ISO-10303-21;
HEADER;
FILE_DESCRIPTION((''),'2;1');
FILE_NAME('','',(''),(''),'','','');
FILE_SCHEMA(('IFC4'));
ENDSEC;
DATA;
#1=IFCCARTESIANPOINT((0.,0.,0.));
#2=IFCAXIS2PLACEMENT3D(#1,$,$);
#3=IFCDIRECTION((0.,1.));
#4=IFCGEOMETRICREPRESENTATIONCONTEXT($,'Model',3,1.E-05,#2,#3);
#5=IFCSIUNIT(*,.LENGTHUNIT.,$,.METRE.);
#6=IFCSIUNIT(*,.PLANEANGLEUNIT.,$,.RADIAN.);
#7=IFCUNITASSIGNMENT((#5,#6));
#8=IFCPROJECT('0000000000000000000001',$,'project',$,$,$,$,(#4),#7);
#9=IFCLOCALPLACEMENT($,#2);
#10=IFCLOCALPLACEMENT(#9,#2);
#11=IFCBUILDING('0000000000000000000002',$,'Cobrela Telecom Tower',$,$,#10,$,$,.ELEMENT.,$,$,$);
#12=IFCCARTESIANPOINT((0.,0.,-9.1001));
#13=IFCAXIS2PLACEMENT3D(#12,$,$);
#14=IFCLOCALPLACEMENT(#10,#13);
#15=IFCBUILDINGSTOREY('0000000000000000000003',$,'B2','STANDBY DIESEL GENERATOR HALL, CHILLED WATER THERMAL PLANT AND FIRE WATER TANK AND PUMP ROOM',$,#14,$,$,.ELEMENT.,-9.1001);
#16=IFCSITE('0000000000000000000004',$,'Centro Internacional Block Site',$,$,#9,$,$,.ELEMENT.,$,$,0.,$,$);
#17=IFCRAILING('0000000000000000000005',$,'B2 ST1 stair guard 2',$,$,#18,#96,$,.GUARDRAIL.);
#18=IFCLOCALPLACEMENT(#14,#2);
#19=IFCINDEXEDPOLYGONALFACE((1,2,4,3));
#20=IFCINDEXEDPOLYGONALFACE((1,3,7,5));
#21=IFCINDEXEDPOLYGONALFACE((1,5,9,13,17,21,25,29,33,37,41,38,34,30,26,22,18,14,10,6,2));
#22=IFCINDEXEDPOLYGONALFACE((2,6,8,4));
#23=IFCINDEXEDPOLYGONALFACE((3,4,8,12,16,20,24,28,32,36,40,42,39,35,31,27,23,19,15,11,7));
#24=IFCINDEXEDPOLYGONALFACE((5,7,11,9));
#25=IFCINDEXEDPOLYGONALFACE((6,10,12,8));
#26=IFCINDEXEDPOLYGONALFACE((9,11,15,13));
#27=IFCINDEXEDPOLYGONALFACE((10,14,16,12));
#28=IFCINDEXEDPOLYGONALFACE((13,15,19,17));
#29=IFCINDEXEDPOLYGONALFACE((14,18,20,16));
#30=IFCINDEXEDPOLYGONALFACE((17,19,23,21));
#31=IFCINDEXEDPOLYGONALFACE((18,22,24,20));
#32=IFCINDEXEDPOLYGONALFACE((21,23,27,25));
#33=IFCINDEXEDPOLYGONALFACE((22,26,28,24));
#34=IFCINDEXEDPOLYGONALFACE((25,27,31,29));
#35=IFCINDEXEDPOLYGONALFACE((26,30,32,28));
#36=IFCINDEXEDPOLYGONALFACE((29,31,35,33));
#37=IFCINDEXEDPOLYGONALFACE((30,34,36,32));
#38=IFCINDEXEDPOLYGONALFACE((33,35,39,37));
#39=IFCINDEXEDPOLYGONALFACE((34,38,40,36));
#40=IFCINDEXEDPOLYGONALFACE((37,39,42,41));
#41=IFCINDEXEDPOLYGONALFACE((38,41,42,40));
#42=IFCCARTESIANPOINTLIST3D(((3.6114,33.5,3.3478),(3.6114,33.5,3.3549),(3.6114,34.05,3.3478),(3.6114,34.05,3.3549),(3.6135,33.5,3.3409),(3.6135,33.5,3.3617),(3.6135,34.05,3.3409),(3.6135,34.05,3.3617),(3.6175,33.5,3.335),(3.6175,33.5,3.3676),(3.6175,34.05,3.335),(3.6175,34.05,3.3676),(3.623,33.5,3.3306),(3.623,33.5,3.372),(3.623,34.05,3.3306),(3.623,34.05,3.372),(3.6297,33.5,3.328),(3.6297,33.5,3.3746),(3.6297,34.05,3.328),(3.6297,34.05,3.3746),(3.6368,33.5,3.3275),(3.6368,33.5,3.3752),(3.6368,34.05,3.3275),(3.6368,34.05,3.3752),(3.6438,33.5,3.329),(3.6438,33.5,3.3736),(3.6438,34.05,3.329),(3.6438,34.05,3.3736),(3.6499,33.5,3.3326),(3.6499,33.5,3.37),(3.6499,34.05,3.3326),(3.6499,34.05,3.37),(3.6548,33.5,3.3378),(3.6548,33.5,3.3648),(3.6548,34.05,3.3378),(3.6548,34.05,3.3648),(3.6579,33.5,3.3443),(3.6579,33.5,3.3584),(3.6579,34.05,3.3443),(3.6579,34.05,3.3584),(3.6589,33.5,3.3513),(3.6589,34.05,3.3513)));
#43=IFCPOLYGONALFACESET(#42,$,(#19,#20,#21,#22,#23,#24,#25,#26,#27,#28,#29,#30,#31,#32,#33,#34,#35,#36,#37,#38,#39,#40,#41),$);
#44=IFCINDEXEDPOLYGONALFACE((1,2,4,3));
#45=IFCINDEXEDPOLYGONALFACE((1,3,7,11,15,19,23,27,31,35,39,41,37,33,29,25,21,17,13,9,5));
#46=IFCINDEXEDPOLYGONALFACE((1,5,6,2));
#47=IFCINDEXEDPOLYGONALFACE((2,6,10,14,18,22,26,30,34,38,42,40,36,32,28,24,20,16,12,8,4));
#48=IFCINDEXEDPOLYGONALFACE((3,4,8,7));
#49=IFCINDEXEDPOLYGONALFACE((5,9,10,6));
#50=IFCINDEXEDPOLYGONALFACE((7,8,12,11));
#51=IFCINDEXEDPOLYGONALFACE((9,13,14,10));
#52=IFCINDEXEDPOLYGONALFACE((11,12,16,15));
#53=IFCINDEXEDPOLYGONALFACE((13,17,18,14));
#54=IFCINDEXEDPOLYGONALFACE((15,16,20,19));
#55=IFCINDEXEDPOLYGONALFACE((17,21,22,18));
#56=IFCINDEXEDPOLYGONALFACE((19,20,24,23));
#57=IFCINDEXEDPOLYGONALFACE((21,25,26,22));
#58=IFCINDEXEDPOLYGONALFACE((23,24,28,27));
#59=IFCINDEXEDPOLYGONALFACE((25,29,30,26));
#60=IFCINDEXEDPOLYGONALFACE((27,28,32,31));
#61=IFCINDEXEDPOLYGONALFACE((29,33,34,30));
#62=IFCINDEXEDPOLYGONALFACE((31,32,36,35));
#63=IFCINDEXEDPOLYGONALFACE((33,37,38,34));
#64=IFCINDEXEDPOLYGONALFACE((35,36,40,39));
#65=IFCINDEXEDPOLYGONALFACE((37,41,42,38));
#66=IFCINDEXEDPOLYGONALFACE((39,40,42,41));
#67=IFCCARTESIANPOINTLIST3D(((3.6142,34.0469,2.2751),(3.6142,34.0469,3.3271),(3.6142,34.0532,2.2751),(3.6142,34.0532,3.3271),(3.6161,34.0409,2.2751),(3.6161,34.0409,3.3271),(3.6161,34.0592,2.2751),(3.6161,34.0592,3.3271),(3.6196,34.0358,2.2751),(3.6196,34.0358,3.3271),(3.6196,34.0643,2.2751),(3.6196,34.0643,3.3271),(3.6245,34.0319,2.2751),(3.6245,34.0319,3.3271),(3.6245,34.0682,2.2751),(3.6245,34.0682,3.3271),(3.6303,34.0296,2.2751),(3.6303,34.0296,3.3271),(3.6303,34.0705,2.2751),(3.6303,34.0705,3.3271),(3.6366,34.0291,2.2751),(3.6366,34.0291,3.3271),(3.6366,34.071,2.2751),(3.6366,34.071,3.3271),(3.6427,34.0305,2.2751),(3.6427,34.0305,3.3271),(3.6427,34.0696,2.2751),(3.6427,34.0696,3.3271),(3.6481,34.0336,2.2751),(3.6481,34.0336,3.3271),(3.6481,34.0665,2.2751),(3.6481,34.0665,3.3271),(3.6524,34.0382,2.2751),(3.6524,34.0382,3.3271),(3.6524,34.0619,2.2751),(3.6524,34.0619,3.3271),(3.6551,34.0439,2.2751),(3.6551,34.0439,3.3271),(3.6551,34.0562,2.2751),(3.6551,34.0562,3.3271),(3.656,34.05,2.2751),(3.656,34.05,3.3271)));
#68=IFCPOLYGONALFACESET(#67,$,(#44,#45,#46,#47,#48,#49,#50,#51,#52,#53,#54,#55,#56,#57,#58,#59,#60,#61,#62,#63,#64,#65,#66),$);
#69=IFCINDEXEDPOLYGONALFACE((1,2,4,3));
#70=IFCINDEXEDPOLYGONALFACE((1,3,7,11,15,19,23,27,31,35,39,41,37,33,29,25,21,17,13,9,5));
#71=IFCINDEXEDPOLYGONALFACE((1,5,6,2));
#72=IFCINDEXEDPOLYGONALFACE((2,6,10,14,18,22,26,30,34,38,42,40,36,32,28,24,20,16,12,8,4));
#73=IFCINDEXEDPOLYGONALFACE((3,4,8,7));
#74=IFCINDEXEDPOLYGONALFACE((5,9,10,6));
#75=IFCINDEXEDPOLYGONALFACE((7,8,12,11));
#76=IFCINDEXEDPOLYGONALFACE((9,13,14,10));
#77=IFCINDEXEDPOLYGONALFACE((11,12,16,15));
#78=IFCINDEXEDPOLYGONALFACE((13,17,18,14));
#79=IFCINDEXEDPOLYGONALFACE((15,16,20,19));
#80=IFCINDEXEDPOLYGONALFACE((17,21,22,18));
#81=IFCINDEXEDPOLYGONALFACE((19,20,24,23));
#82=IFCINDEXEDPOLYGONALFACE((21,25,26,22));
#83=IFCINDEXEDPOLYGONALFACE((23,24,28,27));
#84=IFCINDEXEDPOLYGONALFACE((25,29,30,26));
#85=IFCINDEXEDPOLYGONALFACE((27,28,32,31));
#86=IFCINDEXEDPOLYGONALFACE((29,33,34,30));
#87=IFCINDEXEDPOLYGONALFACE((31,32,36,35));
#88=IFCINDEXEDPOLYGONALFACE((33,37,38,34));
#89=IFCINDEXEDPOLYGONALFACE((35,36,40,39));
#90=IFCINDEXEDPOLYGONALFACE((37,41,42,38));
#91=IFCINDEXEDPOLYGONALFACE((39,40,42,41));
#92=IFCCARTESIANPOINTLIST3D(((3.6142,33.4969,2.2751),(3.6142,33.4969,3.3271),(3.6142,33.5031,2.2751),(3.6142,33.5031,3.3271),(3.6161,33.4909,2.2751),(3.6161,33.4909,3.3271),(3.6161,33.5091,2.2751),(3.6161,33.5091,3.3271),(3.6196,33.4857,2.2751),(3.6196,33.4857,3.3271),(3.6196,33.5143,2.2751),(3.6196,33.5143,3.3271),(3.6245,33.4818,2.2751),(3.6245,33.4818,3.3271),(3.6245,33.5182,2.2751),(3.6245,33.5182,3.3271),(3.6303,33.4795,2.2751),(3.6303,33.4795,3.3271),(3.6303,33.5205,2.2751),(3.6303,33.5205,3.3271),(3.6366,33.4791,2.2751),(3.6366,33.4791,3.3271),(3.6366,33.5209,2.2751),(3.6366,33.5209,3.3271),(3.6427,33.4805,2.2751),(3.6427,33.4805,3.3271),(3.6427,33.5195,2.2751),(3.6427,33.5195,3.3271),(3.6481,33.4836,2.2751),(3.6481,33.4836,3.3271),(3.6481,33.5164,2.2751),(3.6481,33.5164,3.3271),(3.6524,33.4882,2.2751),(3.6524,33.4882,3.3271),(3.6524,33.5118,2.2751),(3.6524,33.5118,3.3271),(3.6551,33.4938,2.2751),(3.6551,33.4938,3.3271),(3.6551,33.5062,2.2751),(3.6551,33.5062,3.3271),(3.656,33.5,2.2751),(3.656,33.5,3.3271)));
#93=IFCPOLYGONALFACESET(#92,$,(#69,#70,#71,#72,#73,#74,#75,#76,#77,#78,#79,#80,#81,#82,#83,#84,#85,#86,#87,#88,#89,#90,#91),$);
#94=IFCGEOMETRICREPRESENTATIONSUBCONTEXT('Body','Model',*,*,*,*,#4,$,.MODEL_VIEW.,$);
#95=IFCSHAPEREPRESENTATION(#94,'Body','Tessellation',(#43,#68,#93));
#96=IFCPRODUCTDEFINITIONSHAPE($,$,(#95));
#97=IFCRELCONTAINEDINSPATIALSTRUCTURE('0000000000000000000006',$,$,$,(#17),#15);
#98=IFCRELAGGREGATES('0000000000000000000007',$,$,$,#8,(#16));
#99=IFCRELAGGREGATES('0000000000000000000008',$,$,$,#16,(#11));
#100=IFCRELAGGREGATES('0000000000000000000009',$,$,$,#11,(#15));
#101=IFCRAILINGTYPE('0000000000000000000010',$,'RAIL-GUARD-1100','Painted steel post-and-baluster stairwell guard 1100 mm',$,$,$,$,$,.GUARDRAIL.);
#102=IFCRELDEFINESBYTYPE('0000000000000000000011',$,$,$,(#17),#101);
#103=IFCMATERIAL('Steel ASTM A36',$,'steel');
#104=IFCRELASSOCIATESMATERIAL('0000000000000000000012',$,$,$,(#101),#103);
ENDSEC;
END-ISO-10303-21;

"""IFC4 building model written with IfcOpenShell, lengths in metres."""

from ifc_helpers import new_model, si_unit, direction, frame, origin, origin_2d, place, context, subcontext, project, spatial, circle, extrude, material, type_object, element, save


model = new_model("IFC4")

# Units and contexts
model_context = context("Model", 3, precision=1e-05, world=origin(), true_north=direction((0.0, 1.0)))
body_context = subcontext(model_context, "Body", "Model", "MODEL_VIEW")
ifc_project = project(units=[si_unit("LENGTHUNIT", "METRE"), si_unit("PLANEANGLEUNIT", "RADIAN")], contexts=[model_context])

# Site, building, storey
site_placement = place(None, origin())
site = spatial("IfcSite", under=ifc_project, at=site_placement, Name="Centro Internacional Block Site", CompositionType="ELEMENT", RefElevation=0.0)
building_placement = place(site_placement, origin())
building = spatial("IfcBuilding", under=site, at=building_placement, Name="Cobrela Telecom Tower", CompositionType="ELEMENT")
storey_placement = place(building_placement, frame((0.0, 0.0, -9.1001)))
storey = spatial("IfcBuildingStorey", under=building, at=storey_placement, Name="B2", Description="STANDBY DIESEL GENERATOR HALL, CHILLED WATER THERMAL PLANT AND FIRE WATER TANK AND PUMP ROOM", CompositionType="ELEMENT", Elevation=-9.1001)

# Railing
ifc_material_1 = material(Name="Steel ASTM A36", Category="steel")
railing_type_1 = type_object("IfcRailingType", Name="RAIL-GUARD-1100", Description="Painted steel post-and-baluster stairwell guard 1100 mm", PredefinedType="GUARDRAIL", material=ifc_material_1)
railing_1_placement = place(storey_placement, frame((3.635, 34.05, 2.2751)))
element("IfcRailing", 1, at=railing_1_placement, inside=storey, type_object=railing_type_1, Name="B2 ST1 stair guard 2", PredefinedType="GUARDRAIL", context=body_context, shape_type="SweptSolid", body=[
    extrude(circle(Radius=0.0239, at=origin_2d()), frame((0.0, 0.0, 1.0762), z_axis=(0.0, -1.0, 0.0), x_axis=(1.0, 0.0, 0.0)), (0.0, 0.0, 1.0), 0.55),
    extrude(circle(Radius=0.021, at=origin_2d()), origin(), (0.0, 0.0, 1.0), 1.052),
    extrude(circle(Radius=0.021, at=origin_2d()), frame((0.0, -0.55, 0.0)), (0.0, 0.0, 1.0), 1.052),
])

save(model, "model.ifc")
